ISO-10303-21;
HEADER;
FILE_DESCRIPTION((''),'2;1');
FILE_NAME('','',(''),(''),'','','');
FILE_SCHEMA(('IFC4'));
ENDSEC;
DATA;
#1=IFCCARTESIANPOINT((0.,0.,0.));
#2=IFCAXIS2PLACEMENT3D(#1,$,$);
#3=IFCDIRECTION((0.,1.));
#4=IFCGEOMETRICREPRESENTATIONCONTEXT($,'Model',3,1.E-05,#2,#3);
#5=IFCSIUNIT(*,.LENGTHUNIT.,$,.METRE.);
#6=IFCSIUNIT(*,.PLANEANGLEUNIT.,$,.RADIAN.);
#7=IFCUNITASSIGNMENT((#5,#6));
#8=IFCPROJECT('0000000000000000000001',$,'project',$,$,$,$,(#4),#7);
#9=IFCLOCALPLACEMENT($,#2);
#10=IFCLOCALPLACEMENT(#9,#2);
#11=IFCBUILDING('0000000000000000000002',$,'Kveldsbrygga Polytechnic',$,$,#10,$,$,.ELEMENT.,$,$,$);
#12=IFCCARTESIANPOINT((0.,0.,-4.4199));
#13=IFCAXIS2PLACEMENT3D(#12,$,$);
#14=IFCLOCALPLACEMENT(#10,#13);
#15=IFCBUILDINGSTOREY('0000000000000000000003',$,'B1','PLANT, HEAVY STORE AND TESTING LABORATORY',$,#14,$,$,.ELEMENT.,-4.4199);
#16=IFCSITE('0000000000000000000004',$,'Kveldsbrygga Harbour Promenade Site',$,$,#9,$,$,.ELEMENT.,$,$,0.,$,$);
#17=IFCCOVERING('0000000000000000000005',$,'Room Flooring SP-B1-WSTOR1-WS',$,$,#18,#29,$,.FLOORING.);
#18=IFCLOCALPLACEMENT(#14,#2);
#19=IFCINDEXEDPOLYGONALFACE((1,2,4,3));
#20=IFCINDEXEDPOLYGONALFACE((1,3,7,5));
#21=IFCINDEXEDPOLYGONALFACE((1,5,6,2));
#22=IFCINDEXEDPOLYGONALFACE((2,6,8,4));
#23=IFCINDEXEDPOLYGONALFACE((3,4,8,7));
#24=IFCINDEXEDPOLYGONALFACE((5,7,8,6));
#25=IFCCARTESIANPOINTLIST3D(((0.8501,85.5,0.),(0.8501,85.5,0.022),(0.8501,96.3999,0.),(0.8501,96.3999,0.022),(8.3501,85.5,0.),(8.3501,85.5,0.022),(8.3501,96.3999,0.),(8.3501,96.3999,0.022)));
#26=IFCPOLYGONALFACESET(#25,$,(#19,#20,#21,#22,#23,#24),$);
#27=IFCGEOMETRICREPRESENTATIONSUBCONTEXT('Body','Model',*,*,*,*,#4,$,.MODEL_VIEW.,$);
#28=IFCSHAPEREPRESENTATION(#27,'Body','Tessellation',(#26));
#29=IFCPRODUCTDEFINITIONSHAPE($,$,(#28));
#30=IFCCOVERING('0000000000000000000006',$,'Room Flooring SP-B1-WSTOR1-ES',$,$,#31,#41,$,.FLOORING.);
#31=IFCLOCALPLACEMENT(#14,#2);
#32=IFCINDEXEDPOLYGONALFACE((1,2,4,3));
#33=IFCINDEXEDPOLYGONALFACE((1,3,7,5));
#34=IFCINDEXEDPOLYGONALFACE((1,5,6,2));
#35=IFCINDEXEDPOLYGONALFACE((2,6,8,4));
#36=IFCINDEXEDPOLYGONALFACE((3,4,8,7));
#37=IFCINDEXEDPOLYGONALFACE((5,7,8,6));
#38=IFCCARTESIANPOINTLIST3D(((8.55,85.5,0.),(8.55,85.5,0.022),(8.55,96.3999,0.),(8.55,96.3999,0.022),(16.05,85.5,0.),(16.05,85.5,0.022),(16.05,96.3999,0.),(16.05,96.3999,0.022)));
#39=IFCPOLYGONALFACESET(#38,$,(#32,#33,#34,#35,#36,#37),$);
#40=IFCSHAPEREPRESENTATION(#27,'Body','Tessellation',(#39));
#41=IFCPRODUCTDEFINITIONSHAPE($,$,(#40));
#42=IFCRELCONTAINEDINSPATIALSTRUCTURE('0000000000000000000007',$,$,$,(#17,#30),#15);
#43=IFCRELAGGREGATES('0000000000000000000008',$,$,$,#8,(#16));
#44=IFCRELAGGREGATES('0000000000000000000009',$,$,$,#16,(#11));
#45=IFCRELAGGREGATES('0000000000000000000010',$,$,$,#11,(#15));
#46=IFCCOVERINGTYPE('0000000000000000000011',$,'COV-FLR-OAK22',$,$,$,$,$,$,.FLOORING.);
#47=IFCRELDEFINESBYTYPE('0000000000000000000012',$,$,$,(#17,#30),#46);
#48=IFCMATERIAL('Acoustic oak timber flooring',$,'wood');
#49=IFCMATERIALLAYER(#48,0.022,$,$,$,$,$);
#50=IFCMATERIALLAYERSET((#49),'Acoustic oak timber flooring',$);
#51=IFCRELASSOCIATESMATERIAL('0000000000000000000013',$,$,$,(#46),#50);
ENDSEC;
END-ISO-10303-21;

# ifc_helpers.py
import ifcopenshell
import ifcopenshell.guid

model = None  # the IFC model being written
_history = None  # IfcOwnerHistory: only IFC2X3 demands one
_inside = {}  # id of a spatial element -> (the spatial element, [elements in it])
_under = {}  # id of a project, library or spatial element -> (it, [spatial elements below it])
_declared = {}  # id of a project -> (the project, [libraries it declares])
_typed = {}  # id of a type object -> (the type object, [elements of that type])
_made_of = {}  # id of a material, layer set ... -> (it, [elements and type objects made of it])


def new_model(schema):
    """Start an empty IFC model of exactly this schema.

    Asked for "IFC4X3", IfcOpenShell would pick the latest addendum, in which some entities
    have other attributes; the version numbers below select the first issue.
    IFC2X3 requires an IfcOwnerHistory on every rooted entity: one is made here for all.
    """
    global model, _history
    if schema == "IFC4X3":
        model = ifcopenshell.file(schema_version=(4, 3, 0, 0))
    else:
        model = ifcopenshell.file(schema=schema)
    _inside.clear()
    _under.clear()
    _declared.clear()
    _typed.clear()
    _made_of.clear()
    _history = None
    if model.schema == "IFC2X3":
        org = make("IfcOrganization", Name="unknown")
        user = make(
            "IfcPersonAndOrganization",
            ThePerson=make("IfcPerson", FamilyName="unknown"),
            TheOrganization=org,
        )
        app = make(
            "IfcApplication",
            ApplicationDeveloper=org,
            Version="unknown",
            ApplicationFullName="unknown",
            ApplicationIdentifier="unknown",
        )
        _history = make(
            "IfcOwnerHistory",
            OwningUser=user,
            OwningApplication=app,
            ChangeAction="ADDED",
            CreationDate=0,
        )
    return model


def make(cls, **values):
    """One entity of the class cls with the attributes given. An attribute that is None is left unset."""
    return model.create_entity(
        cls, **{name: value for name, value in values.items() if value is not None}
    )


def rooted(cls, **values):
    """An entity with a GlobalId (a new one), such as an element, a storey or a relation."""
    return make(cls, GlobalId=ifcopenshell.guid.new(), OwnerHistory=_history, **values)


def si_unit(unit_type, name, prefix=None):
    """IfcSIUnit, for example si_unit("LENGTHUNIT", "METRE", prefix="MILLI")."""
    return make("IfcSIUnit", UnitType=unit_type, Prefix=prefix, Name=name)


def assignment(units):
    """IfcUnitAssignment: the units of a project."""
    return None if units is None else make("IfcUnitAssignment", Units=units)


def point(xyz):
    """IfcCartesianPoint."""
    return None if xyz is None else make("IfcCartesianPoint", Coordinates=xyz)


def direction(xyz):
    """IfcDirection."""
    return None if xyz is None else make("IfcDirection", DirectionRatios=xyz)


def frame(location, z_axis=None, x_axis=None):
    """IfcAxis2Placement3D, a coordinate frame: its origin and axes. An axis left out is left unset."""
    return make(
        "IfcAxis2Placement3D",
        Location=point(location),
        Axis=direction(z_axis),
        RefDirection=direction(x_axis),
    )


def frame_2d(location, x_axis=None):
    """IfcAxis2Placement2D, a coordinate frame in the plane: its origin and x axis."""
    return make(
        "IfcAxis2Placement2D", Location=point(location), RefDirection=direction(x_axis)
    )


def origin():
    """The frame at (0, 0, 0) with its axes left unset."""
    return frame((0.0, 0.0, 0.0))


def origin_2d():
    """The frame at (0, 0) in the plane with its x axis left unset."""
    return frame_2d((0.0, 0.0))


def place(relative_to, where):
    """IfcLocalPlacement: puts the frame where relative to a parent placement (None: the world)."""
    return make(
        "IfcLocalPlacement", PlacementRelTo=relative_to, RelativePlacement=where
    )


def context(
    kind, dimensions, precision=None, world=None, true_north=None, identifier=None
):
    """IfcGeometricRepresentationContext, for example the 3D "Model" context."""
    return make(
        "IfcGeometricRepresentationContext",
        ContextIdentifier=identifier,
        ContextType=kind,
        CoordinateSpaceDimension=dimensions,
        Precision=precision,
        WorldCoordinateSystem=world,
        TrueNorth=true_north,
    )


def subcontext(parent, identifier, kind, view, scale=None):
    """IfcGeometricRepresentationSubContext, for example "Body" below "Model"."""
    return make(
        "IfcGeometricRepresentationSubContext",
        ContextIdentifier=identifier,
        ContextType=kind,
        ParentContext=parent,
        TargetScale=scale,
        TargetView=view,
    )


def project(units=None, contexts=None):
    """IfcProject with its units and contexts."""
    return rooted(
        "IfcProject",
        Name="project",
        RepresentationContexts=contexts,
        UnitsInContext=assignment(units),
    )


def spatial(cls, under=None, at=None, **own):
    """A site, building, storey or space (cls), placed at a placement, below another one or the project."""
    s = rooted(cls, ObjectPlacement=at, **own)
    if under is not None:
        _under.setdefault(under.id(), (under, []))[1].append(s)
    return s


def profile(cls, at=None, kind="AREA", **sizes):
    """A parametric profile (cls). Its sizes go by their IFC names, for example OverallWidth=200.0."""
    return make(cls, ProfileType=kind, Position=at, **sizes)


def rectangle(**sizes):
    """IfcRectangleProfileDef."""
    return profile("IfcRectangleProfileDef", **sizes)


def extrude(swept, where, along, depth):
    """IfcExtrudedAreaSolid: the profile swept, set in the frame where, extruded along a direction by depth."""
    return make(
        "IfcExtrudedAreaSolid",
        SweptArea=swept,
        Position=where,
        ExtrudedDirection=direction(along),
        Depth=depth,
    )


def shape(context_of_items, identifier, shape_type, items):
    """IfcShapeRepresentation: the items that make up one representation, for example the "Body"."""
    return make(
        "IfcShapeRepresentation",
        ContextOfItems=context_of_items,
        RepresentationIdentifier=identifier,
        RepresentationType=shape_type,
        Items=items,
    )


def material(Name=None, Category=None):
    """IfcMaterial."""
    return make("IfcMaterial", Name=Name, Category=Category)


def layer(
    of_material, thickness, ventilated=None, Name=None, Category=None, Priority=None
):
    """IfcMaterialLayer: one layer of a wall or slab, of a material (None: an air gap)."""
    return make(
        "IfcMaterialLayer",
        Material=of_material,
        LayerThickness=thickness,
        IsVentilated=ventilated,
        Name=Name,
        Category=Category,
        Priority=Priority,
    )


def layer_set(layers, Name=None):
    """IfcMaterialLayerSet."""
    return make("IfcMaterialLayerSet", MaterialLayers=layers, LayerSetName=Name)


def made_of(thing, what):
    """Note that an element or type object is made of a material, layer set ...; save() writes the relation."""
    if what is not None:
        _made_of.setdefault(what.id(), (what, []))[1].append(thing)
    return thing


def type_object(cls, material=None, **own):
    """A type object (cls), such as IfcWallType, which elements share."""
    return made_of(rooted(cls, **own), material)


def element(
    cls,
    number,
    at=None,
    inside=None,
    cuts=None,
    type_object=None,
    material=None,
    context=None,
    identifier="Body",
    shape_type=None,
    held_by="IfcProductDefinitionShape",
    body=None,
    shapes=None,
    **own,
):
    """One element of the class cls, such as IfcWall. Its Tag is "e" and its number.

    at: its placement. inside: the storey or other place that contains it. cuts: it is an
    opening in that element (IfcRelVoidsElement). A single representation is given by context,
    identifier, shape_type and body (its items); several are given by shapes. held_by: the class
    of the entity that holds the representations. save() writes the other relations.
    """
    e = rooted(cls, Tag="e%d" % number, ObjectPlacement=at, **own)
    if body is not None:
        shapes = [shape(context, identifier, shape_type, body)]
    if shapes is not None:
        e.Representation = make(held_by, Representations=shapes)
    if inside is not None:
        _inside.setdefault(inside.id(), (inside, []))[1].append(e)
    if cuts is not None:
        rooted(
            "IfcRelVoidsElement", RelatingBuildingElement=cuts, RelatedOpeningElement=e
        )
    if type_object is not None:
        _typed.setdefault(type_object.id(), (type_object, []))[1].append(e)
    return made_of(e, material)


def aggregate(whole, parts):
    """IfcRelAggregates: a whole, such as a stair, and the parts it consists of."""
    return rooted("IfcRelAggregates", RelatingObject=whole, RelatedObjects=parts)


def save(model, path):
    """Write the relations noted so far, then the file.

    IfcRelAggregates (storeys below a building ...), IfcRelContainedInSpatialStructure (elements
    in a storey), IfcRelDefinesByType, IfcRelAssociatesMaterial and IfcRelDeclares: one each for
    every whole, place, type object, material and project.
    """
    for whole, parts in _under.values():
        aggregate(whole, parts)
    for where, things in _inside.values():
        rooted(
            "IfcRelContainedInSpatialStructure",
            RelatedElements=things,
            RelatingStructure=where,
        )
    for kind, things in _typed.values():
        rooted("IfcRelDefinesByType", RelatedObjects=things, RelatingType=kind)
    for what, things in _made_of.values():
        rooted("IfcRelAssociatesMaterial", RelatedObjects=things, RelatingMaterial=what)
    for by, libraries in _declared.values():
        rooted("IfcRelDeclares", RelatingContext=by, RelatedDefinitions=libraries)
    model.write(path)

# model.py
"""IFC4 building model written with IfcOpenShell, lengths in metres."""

from ifc_helpers import new_model, si_unit, direction, frame, origin, origin_2d, place, context, subcontext, project, spatial, rectangle, extrude, material, layer, layer_set, type_object, element, save


model = new_model("IFC4")

# Units and contexts
model_context = context("Model", 3, precision=1e-05, world=origin(), true_north=direction((0.0, 1.0)))
body_context = subcontext(model_context, "Body", "Model", "MODEL_VIEW")
ifc_project = project(units=[si_unit("LENGTHUNIT", "METRE"), si_unit("PLANEANGLEUNIT", "RADIAN")], contexts=[model_context])

# Site, building, storey
site_placement = place(None, origin())
site = spatial("IfcSite", under=ifc_project, at=site_placement, Name="Kveldsbrygga Harbour Promenade Site", CompositionType="ELEMENT", RefElevation=0.0)
building_placement = place(site_placement, origin())
building = spatial("IfcBuilding", under=site, at=building_placement, Name="Kveldsbrygga Polytechnic", CompositionType="ELEMENT")
storey_placement = place(building_placement, frame((0.0, 0.0, -4.4199)))
storey = spatial("IfcBuildingStorey", under=building, at=storey_placement, Name="B1", Description="PLANT, HEAVY STORE AND TESTING LABORATORY", CompositionType="ELEMENT", Elevation=-4.4199)

# Coverings
ifc_material_1 = material(Name="Acoustic oak timber flooring", Category="wood")
ifc_layer_1 = layer(ifc_material_1, 0.022)
ifc_layer_set_1 = layer_set([ifc_layer_1], Name="Acoustic oak timber flooring")
covering_type_1 = type_object("IfcCoveringType", Name="COV-FLR-OAK22", PredefinedType="FLOORING", material=ifc_layer_set_1)
for number, where, z_axis, x_axis, name in (
    (1, (4.6001, 90.95, 0.0), (0.0, 0.0, 1.0), (1.0, 0.0, 0.0), "Room Flooring SP-B1-WSTOR1-WS"),
    (2, (12.3, 90.95, 0.0), (0.0, 0.0, 1.0), (1.0, 0.0, 0.0), "Room Flooring SP-B1-WSTOR1-ES"),
):
    element("IfcCovering", number, at=place(storey_placement, frame(where, z_axis=z_axis, x_axis=x_axis)), inside=storey, type_object=covering_type_1, Name=name, PredefinedType="FLOORING", context=body_context, shape_type="SweptSolid", body=[
        extrude(rectangle(XDim=7.5, YDim=10.8999, at=origin_2d()), origin(), (0.0, 0.0, 1.0), 0.022),
    ])

save(model, "model.ifc")
